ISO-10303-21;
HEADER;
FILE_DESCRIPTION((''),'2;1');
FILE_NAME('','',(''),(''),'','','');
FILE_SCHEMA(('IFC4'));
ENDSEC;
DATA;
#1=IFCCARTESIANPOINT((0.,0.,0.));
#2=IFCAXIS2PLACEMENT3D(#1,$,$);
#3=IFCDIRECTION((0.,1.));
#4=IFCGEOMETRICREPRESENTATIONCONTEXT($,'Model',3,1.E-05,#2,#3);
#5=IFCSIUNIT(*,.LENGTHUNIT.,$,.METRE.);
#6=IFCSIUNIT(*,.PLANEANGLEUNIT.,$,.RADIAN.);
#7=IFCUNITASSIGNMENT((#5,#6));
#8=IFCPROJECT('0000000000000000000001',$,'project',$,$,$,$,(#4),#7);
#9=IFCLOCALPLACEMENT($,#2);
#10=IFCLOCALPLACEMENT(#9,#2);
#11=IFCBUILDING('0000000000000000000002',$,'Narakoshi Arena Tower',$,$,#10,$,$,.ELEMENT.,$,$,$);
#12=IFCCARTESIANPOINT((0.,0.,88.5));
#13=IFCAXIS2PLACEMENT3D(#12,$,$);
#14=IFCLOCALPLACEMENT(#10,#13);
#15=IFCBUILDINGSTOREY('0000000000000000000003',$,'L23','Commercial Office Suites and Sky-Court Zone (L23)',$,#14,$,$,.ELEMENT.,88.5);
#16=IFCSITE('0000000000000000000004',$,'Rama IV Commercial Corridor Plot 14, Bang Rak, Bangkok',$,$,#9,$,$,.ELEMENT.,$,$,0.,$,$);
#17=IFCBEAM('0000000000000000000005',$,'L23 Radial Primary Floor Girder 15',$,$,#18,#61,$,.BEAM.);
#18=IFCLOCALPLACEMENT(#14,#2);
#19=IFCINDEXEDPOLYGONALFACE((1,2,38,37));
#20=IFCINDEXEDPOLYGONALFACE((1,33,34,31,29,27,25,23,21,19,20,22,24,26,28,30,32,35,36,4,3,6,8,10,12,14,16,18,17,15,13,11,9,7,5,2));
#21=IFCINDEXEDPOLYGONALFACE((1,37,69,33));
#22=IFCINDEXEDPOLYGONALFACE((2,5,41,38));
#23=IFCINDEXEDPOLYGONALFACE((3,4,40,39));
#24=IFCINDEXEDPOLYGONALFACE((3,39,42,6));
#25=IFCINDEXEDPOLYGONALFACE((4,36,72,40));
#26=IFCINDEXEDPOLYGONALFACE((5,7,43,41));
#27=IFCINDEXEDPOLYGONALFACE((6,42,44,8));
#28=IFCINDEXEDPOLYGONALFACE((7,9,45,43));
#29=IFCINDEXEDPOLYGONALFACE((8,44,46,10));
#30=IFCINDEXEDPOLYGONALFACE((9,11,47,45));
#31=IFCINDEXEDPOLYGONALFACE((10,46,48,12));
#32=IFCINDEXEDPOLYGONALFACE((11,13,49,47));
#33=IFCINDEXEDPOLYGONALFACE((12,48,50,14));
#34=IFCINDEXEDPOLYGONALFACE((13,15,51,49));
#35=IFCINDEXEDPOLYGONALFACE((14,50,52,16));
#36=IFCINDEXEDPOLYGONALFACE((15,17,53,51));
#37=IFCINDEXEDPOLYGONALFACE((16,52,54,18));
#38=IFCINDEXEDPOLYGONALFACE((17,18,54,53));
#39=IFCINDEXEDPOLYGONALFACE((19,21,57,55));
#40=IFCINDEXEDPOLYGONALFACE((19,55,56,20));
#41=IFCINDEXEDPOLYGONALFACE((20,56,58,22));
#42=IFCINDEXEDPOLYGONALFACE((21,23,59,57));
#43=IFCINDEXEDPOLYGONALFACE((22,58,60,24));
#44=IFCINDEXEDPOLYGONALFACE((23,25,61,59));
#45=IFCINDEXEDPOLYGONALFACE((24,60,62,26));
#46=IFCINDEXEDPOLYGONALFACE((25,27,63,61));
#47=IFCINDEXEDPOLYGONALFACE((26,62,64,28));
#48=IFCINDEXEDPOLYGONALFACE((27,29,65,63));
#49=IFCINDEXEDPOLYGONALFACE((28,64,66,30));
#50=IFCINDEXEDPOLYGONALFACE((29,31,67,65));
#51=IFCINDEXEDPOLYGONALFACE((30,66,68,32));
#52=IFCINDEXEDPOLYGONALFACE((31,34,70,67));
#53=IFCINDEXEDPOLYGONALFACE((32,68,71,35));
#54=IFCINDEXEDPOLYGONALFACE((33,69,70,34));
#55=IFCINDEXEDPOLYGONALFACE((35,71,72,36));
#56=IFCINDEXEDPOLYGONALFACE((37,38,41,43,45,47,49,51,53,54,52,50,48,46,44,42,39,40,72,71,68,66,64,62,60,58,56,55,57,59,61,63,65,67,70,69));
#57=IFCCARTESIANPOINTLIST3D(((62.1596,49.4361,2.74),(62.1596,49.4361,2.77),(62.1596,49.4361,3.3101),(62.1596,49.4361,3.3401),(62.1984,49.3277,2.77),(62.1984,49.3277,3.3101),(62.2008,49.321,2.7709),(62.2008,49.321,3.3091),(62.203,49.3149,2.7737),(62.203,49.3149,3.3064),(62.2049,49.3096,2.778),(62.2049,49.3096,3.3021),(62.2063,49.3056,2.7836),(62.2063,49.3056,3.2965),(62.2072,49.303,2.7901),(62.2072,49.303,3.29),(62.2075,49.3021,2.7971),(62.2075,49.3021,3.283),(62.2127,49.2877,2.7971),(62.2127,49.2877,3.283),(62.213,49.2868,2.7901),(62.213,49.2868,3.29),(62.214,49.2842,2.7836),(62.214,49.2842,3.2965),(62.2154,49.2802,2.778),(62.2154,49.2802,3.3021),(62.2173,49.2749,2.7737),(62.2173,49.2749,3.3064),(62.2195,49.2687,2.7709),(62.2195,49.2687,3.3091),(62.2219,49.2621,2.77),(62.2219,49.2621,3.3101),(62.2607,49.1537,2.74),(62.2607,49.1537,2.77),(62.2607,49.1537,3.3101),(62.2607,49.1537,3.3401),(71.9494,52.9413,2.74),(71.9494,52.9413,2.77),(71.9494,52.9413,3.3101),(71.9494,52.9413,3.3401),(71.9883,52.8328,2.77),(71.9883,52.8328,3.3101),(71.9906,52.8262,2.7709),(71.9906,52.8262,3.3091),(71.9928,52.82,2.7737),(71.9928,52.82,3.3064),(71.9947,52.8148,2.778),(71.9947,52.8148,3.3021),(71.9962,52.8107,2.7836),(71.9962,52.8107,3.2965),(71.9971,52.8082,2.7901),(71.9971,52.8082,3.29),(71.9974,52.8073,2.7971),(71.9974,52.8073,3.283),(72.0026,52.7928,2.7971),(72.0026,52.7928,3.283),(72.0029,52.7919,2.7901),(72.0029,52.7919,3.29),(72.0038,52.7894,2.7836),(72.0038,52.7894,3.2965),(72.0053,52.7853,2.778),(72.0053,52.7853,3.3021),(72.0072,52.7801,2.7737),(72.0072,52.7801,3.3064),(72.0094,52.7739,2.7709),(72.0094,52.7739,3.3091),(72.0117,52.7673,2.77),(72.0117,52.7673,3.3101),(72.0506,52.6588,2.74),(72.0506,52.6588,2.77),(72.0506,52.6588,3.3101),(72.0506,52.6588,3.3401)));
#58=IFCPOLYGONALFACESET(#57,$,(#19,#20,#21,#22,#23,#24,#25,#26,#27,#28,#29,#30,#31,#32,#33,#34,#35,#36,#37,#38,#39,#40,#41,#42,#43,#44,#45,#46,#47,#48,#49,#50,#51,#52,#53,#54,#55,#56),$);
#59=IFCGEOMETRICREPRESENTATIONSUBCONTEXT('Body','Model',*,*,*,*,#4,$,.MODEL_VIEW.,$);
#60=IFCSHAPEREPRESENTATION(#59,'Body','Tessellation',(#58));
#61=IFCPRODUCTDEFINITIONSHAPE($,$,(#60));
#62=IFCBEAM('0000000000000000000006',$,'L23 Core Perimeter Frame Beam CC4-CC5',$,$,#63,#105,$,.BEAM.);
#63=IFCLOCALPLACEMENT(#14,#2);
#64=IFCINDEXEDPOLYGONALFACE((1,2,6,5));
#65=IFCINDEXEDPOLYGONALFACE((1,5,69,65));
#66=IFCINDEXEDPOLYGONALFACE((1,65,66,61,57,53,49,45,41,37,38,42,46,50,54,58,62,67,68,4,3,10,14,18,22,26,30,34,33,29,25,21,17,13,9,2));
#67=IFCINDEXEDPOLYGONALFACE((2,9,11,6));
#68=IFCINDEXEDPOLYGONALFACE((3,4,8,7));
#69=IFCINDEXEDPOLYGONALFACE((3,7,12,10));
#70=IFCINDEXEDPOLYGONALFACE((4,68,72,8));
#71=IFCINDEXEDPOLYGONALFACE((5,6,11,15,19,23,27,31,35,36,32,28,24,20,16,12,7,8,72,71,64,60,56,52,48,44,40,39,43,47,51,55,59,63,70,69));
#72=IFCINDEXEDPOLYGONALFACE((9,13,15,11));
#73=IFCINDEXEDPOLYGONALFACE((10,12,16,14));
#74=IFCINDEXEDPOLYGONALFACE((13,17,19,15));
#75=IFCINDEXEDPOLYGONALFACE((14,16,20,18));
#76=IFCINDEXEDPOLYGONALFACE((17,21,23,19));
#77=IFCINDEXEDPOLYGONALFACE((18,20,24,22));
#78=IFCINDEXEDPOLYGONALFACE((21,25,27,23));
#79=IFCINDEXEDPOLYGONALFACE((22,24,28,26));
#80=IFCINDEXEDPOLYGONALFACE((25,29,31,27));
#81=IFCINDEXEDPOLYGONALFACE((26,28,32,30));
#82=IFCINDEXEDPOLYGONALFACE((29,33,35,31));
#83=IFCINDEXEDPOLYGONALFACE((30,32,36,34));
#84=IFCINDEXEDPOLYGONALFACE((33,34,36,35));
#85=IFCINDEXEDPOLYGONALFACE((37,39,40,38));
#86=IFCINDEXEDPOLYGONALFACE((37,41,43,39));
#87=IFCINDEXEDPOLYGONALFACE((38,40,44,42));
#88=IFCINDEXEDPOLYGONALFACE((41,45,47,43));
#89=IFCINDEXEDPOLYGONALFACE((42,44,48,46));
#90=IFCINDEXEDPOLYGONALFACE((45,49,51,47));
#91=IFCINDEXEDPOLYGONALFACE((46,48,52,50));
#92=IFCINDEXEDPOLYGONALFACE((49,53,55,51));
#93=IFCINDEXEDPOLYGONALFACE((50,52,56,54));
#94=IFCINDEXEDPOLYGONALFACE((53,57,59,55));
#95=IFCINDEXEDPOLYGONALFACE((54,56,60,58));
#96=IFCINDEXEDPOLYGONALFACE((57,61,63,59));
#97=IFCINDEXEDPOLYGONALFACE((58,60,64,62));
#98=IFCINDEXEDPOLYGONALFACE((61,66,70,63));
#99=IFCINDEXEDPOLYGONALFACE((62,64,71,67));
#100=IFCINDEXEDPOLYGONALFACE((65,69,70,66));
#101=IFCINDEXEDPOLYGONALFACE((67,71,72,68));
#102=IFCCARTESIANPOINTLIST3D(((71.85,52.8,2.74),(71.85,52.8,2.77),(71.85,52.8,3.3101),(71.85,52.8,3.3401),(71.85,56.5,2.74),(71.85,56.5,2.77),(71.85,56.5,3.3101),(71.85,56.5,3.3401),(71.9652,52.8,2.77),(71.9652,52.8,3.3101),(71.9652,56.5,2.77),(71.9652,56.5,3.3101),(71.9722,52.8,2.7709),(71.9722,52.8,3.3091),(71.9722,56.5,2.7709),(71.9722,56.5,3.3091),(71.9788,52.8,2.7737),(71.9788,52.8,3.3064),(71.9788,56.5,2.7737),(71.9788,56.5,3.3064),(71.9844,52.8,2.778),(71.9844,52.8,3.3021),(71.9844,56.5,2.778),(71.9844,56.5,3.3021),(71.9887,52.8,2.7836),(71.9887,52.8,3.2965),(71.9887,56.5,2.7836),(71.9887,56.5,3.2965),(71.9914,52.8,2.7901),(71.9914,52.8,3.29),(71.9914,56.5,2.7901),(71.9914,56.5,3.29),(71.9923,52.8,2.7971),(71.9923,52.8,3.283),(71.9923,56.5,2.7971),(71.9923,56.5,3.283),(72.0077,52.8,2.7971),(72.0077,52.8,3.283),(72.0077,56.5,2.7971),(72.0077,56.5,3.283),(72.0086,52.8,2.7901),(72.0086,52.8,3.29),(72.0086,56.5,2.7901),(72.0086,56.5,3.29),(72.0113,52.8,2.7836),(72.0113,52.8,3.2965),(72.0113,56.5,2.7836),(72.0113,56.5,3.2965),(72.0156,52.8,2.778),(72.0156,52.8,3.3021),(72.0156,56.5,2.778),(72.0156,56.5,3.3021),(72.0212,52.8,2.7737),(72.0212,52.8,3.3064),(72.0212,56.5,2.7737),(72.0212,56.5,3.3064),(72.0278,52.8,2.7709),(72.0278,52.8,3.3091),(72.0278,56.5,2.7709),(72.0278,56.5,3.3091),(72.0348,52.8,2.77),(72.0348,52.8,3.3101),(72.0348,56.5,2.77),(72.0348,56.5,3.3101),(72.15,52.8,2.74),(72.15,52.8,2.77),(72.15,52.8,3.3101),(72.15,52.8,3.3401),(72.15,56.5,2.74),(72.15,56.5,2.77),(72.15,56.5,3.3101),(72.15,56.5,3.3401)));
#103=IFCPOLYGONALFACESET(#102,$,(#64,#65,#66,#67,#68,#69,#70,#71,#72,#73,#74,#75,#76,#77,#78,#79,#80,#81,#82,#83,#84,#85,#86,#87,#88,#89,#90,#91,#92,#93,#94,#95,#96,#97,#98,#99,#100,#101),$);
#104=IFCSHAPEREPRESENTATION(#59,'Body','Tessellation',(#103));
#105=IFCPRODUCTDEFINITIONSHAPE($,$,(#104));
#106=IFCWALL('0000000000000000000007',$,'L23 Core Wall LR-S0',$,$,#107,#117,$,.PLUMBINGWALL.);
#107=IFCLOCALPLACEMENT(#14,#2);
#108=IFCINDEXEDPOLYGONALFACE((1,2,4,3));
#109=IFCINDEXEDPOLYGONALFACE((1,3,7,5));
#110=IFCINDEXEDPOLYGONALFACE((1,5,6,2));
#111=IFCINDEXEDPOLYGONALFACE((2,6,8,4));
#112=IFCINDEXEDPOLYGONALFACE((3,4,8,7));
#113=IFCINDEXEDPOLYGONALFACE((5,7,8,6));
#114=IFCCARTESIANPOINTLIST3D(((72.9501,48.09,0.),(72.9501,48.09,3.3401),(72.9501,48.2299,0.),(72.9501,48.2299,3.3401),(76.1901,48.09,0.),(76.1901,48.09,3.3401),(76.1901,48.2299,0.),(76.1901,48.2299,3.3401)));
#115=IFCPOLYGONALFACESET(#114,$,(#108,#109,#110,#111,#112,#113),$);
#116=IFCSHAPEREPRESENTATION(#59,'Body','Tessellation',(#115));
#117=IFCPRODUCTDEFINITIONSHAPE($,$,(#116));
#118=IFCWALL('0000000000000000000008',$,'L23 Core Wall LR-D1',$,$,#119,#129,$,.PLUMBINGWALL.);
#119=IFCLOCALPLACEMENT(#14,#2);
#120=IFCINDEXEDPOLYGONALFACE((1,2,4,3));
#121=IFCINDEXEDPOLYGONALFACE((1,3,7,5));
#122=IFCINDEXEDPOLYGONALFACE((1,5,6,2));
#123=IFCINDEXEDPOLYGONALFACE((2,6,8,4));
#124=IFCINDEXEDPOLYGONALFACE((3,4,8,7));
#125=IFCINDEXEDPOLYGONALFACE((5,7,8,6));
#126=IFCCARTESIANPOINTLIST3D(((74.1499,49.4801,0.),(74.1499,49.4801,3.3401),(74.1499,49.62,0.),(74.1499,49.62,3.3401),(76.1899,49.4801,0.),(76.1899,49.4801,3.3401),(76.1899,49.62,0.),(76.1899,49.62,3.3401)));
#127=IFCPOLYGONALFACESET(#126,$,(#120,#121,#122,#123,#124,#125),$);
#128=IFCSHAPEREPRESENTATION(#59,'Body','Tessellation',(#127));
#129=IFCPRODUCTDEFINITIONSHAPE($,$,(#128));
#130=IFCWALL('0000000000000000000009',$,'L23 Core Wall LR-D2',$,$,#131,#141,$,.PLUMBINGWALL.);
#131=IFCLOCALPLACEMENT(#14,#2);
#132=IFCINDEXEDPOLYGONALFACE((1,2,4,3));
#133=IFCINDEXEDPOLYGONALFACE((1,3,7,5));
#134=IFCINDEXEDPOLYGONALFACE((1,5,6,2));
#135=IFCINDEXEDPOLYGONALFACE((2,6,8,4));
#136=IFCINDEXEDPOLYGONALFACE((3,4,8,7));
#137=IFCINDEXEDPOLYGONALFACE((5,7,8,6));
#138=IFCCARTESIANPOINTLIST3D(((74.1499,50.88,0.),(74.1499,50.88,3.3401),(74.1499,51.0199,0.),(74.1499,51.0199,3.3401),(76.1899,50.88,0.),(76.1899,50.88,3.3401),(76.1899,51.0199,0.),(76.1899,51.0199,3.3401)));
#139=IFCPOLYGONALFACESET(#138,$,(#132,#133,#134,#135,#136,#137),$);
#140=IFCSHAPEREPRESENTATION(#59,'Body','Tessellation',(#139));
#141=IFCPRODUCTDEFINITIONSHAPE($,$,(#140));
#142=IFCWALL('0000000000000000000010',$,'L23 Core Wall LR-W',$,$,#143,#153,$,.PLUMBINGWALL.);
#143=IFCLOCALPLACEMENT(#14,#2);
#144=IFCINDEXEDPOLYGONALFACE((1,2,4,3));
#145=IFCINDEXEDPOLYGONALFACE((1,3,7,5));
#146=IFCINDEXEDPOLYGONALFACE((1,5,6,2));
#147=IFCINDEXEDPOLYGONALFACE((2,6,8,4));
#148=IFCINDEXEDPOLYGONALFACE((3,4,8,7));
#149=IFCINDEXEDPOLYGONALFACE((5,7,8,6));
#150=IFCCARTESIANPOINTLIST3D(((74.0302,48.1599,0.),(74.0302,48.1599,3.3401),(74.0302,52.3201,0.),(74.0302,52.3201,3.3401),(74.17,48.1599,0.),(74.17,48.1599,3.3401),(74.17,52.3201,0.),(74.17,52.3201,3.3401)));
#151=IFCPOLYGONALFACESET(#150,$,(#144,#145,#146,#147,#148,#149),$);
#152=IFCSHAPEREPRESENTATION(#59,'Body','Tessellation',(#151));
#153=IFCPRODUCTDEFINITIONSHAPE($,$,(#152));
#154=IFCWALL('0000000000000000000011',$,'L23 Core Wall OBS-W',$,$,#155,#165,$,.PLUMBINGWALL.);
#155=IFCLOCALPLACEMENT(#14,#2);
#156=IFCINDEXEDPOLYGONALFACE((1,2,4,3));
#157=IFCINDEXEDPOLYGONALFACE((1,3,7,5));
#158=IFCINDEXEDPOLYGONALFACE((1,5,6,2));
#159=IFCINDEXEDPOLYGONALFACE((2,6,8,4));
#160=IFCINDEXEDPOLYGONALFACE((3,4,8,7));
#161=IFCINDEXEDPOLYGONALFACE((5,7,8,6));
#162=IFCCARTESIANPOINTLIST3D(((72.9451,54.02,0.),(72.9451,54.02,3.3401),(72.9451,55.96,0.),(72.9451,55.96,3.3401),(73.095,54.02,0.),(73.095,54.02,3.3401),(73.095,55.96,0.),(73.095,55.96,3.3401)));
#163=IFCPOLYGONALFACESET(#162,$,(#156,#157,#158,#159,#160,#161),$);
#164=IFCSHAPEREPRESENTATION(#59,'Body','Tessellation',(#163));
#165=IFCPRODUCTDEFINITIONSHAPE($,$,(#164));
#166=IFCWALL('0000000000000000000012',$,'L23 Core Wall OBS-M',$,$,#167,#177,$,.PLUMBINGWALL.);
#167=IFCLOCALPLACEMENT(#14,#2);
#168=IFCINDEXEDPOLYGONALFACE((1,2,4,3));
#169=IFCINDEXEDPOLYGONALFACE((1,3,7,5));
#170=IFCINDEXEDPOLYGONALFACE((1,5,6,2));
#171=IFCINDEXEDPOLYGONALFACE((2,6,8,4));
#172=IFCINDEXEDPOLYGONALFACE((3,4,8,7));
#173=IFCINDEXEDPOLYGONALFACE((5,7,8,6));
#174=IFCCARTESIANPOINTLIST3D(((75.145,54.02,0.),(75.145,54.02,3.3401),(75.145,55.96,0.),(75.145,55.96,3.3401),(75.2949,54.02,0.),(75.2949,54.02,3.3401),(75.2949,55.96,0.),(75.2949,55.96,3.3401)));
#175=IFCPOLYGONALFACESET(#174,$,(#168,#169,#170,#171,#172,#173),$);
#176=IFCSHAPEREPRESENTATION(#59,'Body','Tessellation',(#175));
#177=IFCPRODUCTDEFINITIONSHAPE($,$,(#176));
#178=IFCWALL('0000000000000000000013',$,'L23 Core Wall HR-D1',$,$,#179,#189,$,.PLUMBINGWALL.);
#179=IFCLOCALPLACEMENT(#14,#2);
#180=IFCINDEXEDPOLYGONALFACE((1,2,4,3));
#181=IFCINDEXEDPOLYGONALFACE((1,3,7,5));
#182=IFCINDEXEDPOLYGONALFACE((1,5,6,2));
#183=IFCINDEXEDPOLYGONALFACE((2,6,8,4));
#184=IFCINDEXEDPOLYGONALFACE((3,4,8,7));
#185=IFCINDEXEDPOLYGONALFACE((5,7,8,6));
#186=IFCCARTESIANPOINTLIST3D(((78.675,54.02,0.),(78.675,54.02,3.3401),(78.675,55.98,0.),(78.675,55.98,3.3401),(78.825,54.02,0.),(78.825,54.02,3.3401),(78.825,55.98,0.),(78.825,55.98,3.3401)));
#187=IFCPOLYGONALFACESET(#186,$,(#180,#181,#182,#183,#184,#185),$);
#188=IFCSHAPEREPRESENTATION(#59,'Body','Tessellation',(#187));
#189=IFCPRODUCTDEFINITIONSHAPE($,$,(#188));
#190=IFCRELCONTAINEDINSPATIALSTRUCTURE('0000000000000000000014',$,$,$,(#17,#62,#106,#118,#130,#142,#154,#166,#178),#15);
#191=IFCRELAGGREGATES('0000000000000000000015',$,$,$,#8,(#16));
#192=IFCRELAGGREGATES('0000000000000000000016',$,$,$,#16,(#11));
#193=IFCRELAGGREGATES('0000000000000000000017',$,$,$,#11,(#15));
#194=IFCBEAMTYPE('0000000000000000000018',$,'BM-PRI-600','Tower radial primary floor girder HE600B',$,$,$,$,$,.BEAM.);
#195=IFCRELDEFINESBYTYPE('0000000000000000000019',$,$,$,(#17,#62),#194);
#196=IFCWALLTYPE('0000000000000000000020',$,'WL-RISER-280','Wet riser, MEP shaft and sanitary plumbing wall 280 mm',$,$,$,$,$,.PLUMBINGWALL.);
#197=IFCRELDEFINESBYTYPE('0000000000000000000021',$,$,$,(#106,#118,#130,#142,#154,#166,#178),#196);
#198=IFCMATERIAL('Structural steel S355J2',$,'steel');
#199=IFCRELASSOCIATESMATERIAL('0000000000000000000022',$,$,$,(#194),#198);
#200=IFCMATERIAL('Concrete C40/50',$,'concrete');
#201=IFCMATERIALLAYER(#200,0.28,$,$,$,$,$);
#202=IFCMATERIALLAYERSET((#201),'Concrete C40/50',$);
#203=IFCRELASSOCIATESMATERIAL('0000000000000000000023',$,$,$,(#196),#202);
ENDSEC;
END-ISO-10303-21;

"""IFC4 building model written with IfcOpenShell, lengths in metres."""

from ifc_helpers import new_model, si_unit, direction, frame, frame_2d, origin, origin_2d, place, context, subcontext, project, spatial, rectangle, i_section, extrude, material, layer, layer_set, material_profile, profile_set, type_object, element, save


model = new_model("IFC4")

# Units and contexts
model_context = context("Model", 3, precision=1e-05, world=origin(), true_north=direction((0.0, 1.0)))
body_context = subcontext(model_context, "Body", "Model", "MODEL_VIEW")
ifc_project = project(units=[si_unit("LENGTHUNIT", "METRE"), si_unit("PLANEANGLEUNIT", "RADIAN")], contexts=[model_context])

# Site, building, storey
site_placement = place(None, origin())
site = spatial("IfcSite", under=ifc_project, at=site_placement, Name="Rama IV Commercial Corridor Plot 14, Bang Rak, Bangkok", CompositionType="ELEMENT", RefElevation=0.0)
building_placement = place(site_placement, origin())
building = spatial("IfcBuilding", under=site, at=building_placement, Name="Narakoshi Arena Tower", CompositionType="ELEMENT")
storey_placement = place(building_placement, frame((0.0, 0.0, 88.5)))
storey = spatial("IfcBuildingStorey", under=building, at=storey_placement, Name="L23", Description="Commercial Office Suites and Sky-Court Zone (L23)", CompositionType="ELEMENT", Elevation=88.5)

# Beams
ifc_material_1 = material(Name="Structural steel S355J2", Category="steel")
ifc_material_profile = material_profile(ifc_material_1, i_section(OverallWidth=0.3, OverallDepth=0.6001, WebThickness=0.0154, FlangeThickness=0.03, FilletRadius=0.0271, at=origin_2d()), Name="HE600B")
ifc_profile_set = profile_set([ifc_material_profile], Name="Structural steel S355J2")
beam_type = type_object("IfcBeamType", Name="BM-PRI-600", Description="Tower radial primary floor girder HE600B", PredefinedType="BEAM", material=ifc_profile_set)
beam_1_placement = place(storey_placement, frame((72.0, 52.8, 3.04), z_axis=(-0.941474, -0.337084, 0.0), x_axis=(0.337084, -0.941474, 0.0)))
element("IfcBeam", 1, at=beam_1_placement, inside=storey, type_object=beam_type, Name="L23 Radial Primary Floor Girder 15", PredefinedType="BEAM", context=body_context, shape_type="SweptSolid", body=[
    extrude(i_section(OverallWidth=0.3, OverallDepth=0.6001, WebThickness=0.0154, FlangeThickness=0.03, FilletRadius=0.0271, at=origin_2d()), origin(), (0.0, 0.0, 1.0), 10.3984),
])
beam_2_placement = place(storey_placement, frame((72.0, 52.8, 3.04), z_axis=(0.0, 1.0, 0.0), x_axis=(-1.0, 0.0, 0.0)))
element("IfcBeam", 2, at=beam_2_placement, inside=storey, type_object=beam_type, Name="L23 Core Perimeter Frame Beam CC4-CC5", PredefinedType="BEAM", context=body_context, shape_type="SweptSolid", body=[
    extrude(i_section(OverallWidth=0.3, OverallDepth=0.6001, WebThickness=0.0154, FlangeThickness=0.03, FilletRadius=0.0271, at=origin_2d()), origin(), (0.0, 0.0, 1.0), 3.7),
])

# Walls
ifc_material_2 = material(Name="Concrete C40/50", Category="concrete")
ifc_layer_1 = layer(ifc_material_2, 0.28)
ifc_layer_set_1 = layer_set([ifc_layer_1], Name="Concrete C40/50")
wall_type_1 = type_object("IfcWallType", Name="WL-RISER-280", Description="Wet riser, MEP shaft and sanitary plumbing wall 280 mm", PredefinedType="PLUMBINGWALL", material=ifc_layer_set_1)
wall_1_placement = place(storey_placement, frame((72.95, 48.1599, 0.0), z_axis=(0.0, 0.0, 1.0), x_axis=(1.0, 0.0, 0.0)))
element("IfcWall", 3, at=wall_1_placement, inside=storey, type_object=wall_type_1, Name="L23 Core Wall LR-S0", PredefinedType="PLUMBINGWALL", context=body_context, shape_type="SweptSolid", body=[
    extrude(rectangle(XDim=3.24, YDim=0.1399, at=frame_2d((1.6201, 0.0))), origin(), (0.0, 0.0, 1.0), 3.3401),
])
for number, where, z_axis, x_axis, name in (
    (4, (74.1499, 49.55, 0.0), (0.0, 0.0, 1.0), (1.0, 0.0, 0.0), "L23 Core Wall LR-D1"),
    (5, (74.1499, 50.95, 0.0), (0.0, 0.0, 1.0), (1.0, 0.0, 0.0), "L23 Core Wall LR-D2"),
):
    element("IfcWall", number, at=place(storey_placement, frame(where, z_axis=z_axis, x_axis=x_axis)), inside=storey, type_object=wall_type_1, Name=name, PredefinedType="PLUMBINGWALL", context=body_context, shape_type="SweptSolid", body=[
        extrude(rectangle(XDim=2.04, YDim=0.1399, at=frame_2d((1.02, 0.0))), origin(), (0.0, 0.0, 1.0), 3.3401),
    ])
wall_2_placement = place(storey_placement, frame((74.1001, 48.1599, 0.0), z_axis=(0.0, 0.0, 1.0), x_axis=(0.0, 1.0, 0.0)))
element("IfcWall", 6, at=wall_2_placement, inside=storey, type_object=wall_type_1, Name="L23 Core Wall LR-W", PredefinedType="PLUMBINGWALL", context=body_context, shape_type="SweptSolid", body=[
    extrude(rectangle(XDim=4.1602, YDim=0.1399, at=frame_2d((2.0801, 0.0))), origin(), (0.0, 0.0, 1.0), 3.3401),
])
for number, where, z_axis, x_axis, name in (
    (7, (73.02, 54.02, 0.0), (0.0, 0.0, 1.0), (0.0, 1.0, 0.0), "L23 Core Wall OBS-W"),
    (8, (75.22, 54.02, 0.0), (0.0, 0.0, 1.0), (0.0, 1.0, 0.0), "L23 Core Wall OBS-M"),
):
    element("IfcWall", number, at=place(storey_placement, frame(where, z_axis=z_axis, x_axis=x_axis)), inside=storey, type_object=wall_type_1, Name=name, PredefinedType="PLUMBINGWALL", context=body_context, shape_type="SweptSolid", body=[
        extrude(rectangle(XDim=1.9399, YDim=0.1499, at=frame_2d((0.97, 0.0))), origin(), (0.0, 0.0, 1.0), 3.3401),
    ])
wall_3_placement = place(storey_placement, frame((78.75, 54.02, 0.0), z_axis=(0.0, 0.0, 1.0), x_axis=(0.0, 1.0, 0.0)))
element("IfcWall", 9, at=wall_3_placement, inside=storey, type_object=wall_type_1, Name="L23 Core Wall HR-D1", PredefinedType="PLUMBINGWALL", context=body_context, shape_type="SweptSolid", body=[
    extrude(rectangle(XDim=1.96, YDim=0.1499, at=frame_2d((0.98, 0.0))), origin(), (0.0, 0.0, 1.0), 3.3401),
])

save(model, "model.ifc")
